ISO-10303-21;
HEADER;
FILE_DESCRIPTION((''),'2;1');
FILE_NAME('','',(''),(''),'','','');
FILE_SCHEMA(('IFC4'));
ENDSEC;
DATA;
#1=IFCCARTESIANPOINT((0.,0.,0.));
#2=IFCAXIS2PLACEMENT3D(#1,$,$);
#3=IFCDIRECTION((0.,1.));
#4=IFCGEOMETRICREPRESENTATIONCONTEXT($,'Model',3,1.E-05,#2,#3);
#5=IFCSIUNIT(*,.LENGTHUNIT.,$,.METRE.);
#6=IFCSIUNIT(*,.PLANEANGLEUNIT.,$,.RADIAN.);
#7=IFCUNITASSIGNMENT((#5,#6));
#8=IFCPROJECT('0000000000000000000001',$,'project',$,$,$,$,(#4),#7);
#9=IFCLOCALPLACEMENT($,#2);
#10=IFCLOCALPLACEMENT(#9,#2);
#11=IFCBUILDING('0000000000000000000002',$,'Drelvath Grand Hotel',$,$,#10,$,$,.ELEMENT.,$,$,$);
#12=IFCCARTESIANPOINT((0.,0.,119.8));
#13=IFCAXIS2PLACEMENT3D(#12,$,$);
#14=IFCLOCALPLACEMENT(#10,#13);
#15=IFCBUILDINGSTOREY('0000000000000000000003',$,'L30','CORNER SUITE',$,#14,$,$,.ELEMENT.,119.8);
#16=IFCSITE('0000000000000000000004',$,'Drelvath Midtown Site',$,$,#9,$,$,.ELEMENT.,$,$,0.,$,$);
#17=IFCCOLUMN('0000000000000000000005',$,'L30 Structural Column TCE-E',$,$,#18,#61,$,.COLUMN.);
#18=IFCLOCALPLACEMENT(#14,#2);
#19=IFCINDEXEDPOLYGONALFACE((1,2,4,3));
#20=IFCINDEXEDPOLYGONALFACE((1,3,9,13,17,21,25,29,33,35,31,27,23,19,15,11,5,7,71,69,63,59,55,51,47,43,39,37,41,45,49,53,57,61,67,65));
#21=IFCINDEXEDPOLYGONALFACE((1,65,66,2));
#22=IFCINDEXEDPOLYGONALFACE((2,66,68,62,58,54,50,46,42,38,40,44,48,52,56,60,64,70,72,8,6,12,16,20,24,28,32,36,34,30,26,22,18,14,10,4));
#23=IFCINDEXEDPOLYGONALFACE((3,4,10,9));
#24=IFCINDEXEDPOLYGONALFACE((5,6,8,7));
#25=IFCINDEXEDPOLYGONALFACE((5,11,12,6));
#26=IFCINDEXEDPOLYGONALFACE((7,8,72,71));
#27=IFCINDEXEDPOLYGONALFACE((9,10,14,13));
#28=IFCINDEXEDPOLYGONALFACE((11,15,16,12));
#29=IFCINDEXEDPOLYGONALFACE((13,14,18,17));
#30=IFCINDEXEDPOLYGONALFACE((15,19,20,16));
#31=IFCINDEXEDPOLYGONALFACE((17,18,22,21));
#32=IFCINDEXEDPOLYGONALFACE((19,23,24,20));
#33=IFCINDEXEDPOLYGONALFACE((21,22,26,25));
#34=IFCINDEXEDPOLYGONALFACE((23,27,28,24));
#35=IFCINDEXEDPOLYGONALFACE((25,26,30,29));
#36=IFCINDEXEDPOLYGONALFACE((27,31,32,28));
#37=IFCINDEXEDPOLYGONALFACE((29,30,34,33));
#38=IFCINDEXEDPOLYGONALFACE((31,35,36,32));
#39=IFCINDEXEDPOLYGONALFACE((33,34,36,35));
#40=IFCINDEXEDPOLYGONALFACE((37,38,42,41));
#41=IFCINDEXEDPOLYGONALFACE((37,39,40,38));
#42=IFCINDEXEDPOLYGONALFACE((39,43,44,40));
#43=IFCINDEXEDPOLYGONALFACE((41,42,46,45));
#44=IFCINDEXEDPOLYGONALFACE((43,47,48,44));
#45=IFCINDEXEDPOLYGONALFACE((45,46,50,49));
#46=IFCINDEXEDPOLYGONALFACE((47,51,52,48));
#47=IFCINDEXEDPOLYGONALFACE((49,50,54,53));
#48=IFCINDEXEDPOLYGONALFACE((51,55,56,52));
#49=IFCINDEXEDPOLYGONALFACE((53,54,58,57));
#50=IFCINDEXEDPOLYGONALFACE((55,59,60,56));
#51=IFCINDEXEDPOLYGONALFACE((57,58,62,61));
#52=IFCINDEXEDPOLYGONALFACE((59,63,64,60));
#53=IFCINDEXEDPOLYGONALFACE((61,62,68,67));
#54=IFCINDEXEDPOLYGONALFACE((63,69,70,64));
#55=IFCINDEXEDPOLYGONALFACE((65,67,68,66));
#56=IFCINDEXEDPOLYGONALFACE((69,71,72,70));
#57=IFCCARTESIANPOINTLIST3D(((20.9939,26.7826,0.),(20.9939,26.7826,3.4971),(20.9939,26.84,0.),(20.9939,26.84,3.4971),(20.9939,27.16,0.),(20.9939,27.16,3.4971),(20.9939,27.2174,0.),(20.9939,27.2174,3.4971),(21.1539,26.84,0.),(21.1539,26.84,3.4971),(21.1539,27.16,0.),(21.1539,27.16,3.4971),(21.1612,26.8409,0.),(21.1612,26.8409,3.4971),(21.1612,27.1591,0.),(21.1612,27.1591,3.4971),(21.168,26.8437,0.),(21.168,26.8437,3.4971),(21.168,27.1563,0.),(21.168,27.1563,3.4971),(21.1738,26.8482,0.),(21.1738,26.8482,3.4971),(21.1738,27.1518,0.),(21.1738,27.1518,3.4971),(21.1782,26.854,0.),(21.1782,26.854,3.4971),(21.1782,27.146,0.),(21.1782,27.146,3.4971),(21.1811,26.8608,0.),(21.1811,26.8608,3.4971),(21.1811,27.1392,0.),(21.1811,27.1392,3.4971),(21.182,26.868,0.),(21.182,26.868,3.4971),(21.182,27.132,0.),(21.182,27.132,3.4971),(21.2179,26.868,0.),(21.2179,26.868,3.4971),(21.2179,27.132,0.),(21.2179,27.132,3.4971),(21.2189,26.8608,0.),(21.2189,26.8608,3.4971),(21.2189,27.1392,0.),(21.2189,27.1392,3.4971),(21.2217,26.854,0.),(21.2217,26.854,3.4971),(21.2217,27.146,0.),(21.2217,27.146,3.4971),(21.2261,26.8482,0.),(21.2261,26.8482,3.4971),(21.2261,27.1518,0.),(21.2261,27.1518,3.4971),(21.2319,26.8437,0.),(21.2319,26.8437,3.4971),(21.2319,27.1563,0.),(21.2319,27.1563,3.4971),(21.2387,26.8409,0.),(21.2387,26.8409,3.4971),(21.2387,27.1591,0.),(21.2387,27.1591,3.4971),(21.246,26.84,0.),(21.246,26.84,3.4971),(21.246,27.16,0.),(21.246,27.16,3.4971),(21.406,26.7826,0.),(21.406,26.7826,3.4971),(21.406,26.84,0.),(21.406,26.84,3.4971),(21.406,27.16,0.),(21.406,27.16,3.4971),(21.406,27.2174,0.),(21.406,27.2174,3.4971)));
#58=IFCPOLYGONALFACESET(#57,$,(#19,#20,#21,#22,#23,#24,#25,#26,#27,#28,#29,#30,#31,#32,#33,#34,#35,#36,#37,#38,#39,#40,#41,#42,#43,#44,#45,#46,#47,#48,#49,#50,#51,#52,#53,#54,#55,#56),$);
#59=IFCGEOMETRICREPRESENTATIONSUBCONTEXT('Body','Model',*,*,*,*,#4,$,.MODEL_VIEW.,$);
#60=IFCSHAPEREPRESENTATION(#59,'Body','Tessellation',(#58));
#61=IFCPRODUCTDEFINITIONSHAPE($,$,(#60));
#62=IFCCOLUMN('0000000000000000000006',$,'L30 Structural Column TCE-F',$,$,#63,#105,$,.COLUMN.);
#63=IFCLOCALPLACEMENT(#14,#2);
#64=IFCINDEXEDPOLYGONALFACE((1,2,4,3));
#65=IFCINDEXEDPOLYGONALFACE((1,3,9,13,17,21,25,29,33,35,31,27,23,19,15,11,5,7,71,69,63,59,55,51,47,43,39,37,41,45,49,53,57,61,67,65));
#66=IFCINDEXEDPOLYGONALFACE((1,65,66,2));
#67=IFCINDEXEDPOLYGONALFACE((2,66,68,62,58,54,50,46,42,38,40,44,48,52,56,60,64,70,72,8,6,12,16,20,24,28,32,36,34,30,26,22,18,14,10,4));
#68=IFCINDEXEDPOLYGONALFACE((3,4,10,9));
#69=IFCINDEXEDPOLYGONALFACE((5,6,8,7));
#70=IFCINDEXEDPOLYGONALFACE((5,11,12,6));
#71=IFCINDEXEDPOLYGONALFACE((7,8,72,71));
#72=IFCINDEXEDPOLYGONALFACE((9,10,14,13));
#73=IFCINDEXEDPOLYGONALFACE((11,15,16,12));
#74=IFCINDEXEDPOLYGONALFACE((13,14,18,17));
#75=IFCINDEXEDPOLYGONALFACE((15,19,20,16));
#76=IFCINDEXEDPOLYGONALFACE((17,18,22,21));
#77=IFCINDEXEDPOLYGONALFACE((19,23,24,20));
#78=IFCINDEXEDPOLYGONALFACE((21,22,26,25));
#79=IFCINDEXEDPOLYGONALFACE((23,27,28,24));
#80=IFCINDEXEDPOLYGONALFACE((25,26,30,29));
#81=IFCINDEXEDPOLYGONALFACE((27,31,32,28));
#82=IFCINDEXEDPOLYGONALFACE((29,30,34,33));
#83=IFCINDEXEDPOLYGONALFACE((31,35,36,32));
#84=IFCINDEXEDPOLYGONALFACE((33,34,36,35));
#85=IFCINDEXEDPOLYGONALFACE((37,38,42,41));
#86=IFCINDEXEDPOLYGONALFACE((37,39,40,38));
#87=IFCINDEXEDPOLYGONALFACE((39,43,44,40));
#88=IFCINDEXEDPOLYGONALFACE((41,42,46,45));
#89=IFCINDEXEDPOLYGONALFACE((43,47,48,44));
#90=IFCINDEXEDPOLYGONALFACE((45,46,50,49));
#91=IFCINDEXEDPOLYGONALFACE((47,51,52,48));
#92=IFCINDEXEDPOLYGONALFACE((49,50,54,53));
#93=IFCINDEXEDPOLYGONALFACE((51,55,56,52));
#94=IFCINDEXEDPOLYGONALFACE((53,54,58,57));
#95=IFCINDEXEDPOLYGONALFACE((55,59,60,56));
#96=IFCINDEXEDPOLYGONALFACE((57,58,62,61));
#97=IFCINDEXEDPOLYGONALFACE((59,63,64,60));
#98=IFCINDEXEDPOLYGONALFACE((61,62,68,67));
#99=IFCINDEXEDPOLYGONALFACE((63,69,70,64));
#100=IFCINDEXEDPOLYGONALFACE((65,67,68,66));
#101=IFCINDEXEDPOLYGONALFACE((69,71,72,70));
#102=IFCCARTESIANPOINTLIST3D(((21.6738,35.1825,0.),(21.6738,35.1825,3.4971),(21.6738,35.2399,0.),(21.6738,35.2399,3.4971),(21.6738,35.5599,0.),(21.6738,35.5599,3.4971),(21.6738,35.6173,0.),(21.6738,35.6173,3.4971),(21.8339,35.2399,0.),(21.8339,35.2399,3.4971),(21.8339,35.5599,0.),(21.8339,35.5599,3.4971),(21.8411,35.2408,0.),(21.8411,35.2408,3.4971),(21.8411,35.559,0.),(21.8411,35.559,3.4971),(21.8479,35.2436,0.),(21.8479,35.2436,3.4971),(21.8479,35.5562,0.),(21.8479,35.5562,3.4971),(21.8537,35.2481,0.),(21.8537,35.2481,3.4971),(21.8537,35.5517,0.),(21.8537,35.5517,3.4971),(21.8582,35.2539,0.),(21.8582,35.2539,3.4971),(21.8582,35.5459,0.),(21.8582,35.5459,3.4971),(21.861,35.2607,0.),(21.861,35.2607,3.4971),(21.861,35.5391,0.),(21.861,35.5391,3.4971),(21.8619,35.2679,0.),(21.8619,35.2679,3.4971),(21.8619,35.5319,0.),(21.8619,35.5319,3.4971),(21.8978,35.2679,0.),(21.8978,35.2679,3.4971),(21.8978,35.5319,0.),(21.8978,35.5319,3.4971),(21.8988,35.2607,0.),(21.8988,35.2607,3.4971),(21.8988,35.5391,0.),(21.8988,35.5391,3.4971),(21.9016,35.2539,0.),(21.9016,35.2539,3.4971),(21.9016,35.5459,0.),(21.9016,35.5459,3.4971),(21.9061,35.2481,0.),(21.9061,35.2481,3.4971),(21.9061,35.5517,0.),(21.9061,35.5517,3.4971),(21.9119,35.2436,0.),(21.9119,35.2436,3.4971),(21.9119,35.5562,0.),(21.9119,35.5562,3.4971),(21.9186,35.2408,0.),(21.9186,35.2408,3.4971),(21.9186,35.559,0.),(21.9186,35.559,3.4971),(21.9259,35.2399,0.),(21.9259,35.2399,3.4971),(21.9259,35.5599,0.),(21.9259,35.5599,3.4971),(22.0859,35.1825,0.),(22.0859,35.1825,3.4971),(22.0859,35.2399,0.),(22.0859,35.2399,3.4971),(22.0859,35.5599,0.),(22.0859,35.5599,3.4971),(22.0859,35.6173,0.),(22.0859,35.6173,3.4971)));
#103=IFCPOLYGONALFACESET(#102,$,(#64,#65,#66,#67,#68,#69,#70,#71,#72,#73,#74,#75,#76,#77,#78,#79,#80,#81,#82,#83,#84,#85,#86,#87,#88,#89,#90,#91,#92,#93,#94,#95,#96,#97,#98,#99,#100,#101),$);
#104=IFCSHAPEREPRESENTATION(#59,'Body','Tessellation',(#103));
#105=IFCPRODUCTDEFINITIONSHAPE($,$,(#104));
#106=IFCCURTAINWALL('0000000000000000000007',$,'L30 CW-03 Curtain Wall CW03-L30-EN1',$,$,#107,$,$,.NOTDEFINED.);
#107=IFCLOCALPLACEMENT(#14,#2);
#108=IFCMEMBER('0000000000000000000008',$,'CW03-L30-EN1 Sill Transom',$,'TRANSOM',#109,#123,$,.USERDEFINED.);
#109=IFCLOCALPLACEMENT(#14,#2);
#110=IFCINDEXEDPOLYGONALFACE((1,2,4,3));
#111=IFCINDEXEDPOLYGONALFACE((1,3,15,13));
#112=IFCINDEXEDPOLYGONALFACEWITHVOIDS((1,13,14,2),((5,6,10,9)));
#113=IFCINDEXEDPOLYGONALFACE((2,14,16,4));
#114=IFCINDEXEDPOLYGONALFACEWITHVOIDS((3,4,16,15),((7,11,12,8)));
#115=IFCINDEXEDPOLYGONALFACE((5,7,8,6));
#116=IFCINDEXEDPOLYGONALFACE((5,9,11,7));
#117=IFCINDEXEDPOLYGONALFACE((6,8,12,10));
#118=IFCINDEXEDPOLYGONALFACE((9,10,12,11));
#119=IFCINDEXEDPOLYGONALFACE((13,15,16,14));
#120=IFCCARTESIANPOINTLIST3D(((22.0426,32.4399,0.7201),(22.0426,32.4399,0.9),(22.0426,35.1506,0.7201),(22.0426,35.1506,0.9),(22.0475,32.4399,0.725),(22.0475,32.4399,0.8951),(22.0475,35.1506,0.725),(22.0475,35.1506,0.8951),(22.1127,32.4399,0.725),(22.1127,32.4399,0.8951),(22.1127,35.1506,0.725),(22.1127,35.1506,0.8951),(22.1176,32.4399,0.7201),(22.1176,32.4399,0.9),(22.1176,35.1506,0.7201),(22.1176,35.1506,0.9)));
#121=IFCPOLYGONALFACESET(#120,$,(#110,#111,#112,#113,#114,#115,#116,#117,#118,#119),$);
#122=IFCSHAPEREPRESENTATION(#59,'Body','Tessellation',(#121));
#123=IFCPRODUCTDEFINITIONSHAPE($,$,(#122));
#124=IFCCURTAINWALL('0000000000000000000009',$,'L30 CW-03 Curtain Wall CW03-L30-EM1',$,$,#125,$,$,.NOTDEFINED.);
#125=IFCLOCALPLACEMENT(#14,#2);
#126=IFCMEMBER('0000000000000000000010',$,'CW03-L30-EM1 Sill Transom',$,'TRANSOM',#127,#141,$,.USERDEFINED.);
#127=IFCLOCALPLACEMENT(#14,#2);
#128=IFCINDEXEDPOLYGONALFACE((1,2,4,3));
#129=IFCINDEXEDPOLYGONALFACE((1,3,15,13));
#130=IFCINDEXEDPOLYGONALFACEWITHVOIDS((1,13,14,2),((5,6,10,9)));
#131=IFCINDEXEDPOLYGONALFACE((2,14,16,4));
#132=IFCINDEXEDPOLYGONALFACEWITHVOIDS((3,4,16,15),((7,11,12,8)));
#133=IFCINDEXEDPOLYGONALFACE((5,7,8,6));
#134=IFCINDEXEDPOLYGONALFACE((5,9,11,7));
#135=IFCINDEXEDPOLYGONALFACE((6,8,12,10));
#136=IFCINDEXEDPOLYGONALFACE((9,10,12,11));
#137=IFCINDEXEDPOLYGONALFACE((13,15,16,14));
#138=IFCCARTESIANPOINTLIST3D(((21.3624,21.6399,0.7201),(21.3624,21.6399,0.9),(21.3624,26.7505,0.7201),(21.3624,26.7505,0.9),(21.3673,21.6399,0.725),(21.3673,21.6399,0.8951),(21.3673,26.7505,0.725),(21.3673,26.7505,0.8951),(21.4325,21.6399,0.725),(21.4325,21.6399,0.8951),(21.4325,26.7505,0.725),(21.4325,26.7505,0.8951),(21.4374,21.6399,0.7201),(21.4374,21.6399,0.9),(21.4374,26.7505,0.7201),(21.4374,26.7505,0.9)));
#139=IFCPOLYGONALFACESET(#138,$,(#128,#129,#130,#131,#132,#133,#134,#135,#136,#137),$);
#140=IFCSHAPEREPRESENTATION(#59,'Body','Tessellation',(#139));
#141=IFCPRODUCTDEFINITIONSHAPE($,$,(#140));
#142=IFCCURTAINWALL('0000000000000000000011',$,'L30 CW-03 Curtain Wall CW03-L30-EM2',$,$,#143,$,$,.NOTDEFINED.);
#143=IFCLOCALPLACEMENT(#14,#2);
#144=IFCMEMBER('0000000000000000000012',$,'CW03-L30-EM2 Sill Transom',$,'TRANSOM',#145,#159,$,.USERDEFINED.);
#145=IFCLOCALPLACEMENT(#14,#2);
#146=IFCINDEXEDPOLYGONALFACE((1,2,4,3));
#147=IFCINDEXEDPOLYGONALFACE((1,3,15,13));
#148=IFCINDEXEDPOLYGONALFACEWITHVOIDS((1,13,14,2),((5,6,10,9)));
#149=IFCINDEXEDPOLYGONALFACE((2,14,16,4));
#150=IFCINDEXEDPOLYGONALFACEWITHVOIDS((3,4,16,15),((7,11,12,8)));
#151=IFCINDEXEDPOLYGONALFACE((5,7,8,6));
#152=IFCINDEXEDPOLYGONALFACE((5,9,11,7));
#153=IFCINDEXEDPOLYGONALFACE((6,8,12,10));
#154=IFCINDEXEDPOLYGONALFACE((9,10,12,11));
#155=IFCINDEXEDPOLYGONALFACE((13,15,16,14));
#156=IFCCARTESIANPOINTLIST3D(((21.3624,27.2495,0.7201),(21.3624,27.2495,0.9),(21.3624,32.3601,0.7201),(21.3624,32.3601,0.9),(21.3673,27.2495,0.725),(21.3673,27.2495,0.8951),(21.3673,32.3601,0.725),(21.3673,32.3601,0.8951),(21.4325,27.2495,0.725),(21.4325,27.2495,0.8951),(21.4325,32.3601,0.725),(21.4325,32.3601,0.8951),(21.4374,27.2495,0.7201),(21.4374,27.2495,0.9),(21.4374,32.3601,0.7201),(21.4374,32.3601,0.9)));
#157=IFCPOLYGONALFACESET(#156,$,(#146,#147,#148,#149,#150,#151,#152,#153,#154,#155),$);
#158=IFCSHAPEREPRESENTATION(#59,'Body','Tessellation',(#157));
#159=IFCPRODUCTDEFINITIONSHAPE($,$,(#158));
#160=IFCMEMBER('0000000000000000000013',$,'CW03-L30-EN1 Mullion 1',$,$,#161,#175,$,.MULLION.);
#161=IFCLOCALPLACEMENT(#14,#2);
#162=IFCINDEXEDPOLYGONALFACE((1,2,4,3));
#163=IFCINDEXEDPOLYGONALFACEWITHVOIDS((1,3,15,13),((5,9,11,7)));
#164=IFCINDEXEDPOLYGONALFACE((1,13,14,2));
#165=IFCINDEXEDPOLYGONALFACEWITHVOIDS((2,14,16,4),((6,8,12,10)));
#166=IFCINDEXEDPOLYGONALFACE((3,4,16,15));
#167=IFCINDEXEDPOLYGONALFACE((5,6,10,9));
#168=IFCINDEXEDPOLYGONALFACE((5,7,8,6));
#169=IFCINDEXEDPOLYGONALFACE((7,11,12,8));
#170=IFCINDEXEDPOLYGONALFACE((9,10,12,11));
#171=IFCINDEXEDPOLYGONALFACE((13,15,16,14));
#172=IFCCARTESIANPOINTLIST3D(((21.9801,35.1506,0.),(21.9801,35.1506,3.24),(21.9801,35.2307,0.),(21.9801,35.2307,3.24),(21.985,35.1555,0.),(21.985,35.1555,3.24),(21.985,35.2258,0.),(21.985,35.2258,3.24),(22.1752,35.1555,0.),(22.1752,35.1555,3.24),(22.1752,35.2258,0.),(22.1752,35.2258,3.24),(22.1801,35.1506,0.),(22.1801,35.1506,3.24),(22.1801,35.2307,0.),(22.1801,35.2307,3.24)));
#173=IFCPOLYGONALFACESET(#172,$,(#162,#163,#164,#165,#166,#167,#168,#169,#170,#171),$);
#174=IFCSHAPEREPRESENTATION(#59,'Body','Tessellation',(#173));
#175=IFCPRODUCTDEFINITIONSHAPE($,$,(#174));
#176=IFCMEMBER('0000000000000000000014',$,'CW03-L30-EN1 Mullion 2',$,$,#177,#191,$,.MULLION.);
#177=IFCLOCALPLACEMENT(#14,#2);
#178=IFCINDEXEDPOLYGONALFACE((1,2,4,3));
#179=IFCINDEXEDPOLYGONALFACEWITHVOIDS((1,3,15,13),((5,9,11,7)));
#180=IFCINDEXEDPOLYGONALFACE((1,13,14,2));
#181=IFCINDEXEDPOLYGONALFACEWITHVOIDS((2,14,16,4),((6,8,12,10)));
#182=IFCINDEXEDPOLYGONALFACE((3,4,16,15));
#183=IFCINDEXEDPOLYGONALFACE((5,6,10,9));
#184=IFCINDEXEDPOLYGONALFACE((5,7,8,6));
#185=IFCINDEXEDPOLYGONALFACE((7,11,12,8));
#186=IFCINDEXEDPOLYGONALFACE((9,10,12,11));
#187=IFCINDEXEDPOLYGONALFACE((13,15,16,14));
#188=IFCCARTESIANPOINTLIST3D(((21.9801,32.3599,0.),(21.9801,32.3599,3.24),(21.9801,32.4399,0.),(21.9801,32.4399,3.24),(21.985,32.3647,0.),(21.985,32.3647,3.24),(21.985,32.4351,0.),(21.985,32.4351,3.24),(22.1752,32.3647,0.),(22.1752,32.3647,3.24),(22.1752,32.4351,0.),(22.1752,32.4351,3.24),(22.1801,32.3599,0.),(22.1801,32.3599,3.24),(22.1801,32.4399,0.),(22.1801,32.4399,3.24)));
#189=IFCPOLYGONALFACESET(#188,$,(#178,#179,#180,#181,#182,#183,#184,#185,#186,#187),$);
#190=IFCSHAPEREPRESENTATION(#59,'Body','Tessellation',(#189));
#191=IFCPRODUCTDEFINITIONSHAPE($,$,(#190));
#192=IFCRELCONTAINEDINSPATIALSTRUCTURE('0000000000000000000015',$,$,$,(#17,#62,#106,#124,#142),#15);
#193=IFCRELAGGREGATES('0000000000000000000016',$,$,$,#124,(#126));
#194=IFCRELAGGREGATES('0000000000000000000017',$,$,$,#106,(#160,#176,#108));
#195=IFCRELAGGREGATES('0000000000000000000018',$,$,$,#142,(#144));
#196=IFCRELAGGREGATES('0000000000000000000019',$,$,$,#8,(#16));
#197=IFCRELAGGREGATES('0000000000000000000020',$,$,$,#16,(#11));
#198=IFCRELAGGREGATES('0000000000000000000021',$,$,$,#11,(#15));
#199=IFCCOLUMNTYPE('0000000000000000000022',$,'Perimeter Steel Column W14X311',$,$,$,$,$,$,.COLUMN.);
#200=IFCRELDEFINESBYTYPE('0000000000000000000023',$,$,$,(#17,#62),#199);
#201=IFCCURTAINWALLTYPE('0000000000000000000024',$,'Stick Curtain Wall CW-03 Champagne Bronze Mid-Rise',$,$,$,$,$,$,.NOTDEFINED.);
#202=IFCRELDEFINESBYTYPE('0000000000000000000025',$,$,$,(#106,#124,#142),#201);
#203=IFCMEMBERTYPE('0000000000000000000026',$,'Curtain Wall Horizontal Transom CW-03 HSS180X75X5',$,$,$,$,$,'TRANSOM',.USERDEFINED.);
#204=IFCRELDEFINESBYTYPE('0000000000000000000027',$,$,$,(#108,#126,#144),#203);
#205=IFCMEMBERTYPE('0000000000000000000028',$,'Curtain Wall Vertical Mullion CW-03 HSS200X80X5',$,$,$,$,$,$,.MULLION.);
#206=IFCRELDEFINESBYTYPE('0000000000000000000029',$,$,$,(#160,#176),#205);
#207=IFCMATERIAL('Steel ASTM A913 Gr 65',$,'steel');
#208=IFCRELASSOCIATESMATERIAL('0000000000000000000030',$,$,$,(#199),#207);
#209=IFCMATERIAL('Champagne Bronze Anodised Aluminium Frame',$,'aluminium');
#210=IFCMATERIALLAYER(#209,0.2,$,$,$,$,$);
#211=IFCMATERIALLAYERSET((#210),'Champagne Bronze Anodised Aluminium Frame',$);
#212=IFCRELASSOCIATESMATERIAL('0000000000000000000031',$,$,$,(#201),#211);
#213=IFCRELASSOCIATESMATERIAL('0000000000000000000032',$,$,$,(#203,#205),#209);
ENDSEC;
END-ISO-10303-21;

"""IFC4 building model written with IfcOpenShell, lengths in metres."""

from ifc_helpers import new_model, si_unit, direction, frame, origin, origin_2d, place, context, subcontext, project, spatial, hollow_rectangle, i_section, extrude, material, layer, layer_set, material_profile, profile_set, type_object, element, aggregate, save


model = new_model("IFC4")

# Units and contexts
model_context = context("Model", 3, precision=1e-05, world=origin(), true_north=direction((0.0, 1.0)))
body_context = subcontext(model_context, "Body", "Model", "MODEL_VIEW")
ifc_project = project(units=[si_unit("LENGTHUNIT", "METRE"), si_unit("PLANEANGLEUNIT", "RADIAN")], contexts=[model_context])

# Site, building, storey
site_placement = place(None, origin())
site = spatial("IfcSite", under=ifc_project, at=site_placement, Name="Drelvath Midtown Site", CompositionType="ELEMENT", RefElevation=0.0)
building_placement = place(site_placement, origin())
building = spatial("IfcBuilding", under=site, at=building_placement, Name="Drelvath Grand Hotel", CompositionType="ELEMENT")
storey_placement = place(building_placement, frame((0.0, 0.0, 119.8)))
storey = spatial("IfcBuildingStorey", under=building, at=storey_placement, Name="L30", Description="CORNER SUITE", CompositionType="ELEMENT", Elevation=119.8)

# Columns
ifc_material_1 = material(Name="Steel ASTM A913 Gr 65", Category="steel")
ifc_material_profile_1 = material_profile(ifc_material_1, i_section(OverallWidth=0.4121, OverallDepth=0.4348, WebThickness=0.0359, FlangeThickness=0.0574, FilletRadius=0.0281, at=origin_2d()), Name="W14X311")
ifc_profile_set_1 = profile_set([ifc_material_profile_1], Name="Steel ASTM A913 Gr 65")
column_type = type_object("IfcColumnType", Name="Perimeter Steel Column W14X311", PredefinedType="COLUMN", material=ifc_profile_set_1)
for number, where, z_axis, x_axis, name in (
    (1, (21.2, 27.0, 0.0), (0.0, 0.0, 1.0), (1.0, 0.0, 0.0), "L30 Structural Column TCE-E"),
    (2, (21.8799, 35.3999, 0.0), (0.0, 0.0, 1.0), (1.0, 0.0, 0.0), "L30 Structural Column TCE-F"),
):
    element("IfcColumn", number, at=place(storey_placement, frame(where, z_axis=z_axis, x_axis=x_axis)), inside=storey, type_object=column_type, Name=name, PredefinedType="COLUMN", context=body_context, shape_type="SweptSolid", body=[
        extrude(i_section(OverallWidth=0.4121, OverallDepth=0.4348, WebThickness=0.0359, FlangeThickness=0.0574, FilletRadius=0.0281, at=origin_2d()), origin(), (0.0, 0.0, 1.0), 3.4971),
    ])

# Curtain walls, members
ifc_material_2 = material(Name="Champagne Bronze Anodised Aluminium Frame", Category="aluminium")
ifc_layer_1 = layer(ifc_material_2, 0.2)
ifc_layer_set_1 = layer_set([ifc_layer_1], Name="Champagne Bronze Anodised Aluminium Frame")
curtain_wall_type = type_object("IfcCurtainWallType", Name="Stick Curtain Wall CW-03 Champagne Bronze Mid-Rise", PredefinedType="NOTDEFINED", material=ifc_layer_set_1)
curtain_wall_1_placement = place(storey_placement, origin())
curtain_wall_1 = element("IfcCurtainWall", 3, at=curtain_wall_1_placement, inside=storey, type_object=curtain_wall_type, Name="L30 CW-03 Curtain Wall CW03-L30-EN1", PredefinedType="NOTDEFINED")
ifc_material_profile_2 = material_profile(ifc_material_2, hollow_rectangle(XDim=0.075, YDim=0.1799, WallThickness=0.0049, at=origin_2d()), Name="HSS180X75X5")
ifc_profile_set_2 = profile_set([ifc_material_profile_2], Name="Champagne Bronze Anodised Aluminium Frame")
member_type_1 = type_object("IfcMemberType", Name="Curtain Wall Horizontal Transom CW-03 HSS180X75X5", ElementType="TRANSOM", PredefinedType="USERDEFINED", material=ifc_profile_set_2)
member_1_placement = place(storey_placement, frame((22.0801, 35.1506, 0.8101), z_axis=(0.0, -1.0, 0.0), x_axis=(1.0, 0.0, 0.0)))
member_1 = element("IfcMember", 4, at=member_1_placement, type_object=member_type_1, Name="CW03-L30-EN1 Sill Transom", ObjectType="TRANSOM", PredefinedType="USERDEFINED", context=body_context, shape_type="SweptSolid", body=[
    extrude(hollow_rectangle(XDim=0.075, YDim=0.1799, WallThickness=0.0049, at=origin_2d()), origin(), (0.0, 0.0, 1.0), 2.7107),
])
curtain_wall_2_placement = place(storey_placement, origin())
curtain_wall_2 = element("IfcCurtainWall", 5, at=curtain_wall_2_placement, inside=storey, type_object=curtain_wall_type, Name="L30 CW-03 Curtain Wall CW03-L30-EM1", PredefinedType="NOTDEFINED")
member_2_placement = place(storey_placement, frame((21.3999, 26.7505, 0.8101), z_axis=(0.0, -1.0, 0.0), x_axis=(1.0, 0.0, 0.0)))
member_2 = element("IfcMember", 6, at=member_2_placement, type_object=member_type_1, Name="CW03-L30-EM1 Sill Transom", ObjectType="TRANSOM", PredefinedType="USERDEFINED", context=body_context, shape_type="SweptSolid", body=[
    extrude(hollow_rectangle(XDim=0.075, YDim=0.1799, WallThickness=0.0049, at=origin_2d()), origin(), (0.0, 0.0, 1.0), 5.1106),
])
curtain_wall_3_placement = place(storey_placement, origin())
curtain_wall_3 = element("IfcCurtainWall", 7, at=curtain_wall_3_placement, inside=storey, type_object=curtain_wall_type, Name="L30 CW-03 Curtain Wall CW03-L30-EM2", PredefinedType="NOTDEFINED")
member_3_placement = place(storey_placement, frame((21.3999, 32.3601, 0.8101), z_axis=(0.0, -1.0, 0.0), x_axis=(1.0, 0.0, 0.0)))
member_3 = element("IfcMember", 8, at=member_3_placement, type_object=member_type_1, Name="CW03-L30-EM2 Sill Transom", ObjectType="TRANSOM", PredefinedType="USERDEFINED", context=body_context, shape_type="SweptSolid", body=[
    extrude(hollow_rectangle(XDim=0.075, YDim=0.1799, WallThickness=0.0049, at=origin_2d()), origin(), (0.0, 0.0, 1.0), 5.1106),
])

# Members
ifc_material_profile_3 = material_profile(ifc_material_2, hollow_rectangle(XDim=0.0801, YDim=0.2, WallThickness=0.0049, at=origin_2d()), Name="HSS200X80X5")
ifc_profile_set_3 = profile_set([ifc_material_profile_3], Name="Champagne Bronze Anodised Aluminium Frame")
member_type_2 = type_object("IfcMemberType", Name="Curtain Wall Vertical Mullion CW-03 HSS200X80X5", PredefinedType="MULLION", material=ifc_profile_set_3)
member_4_placement = place(storey_placement, frame((22.0801, 35.1907, 0.0), z_axis=(0.0, 0.0, 1.0), x_axis=(0.0, 1.0, 0.0)))
member_4 = element("IfcMember", 9, at=member_4_placement, type_object=member_type_2, Name="CW03-L30-EN1 Mullion 1", PredefinedType="MULLION", context=body_context, shape_type="SweptSolid", body=[
    extrude(hollow_rectangle(XDim=0.0801, YDim=0.2, WallThickness=0.0049, at=origin_2d()), origin(), (0.0, 0.0, 1.0), 3.24),
])
member_5_placement = place(storey_placement, frame((22.0801, 32.3999, 0.0), z_axis=(0.0, 0.0, 1.0), x_axis=(0.0, 1.0, 0.0)))
member_5 = element("IfcMember", 10, at=member_5_placement, type_object=member_type_2, Name="CW03-L30-EN1 Mullion 2", PredefinedType="MULLION", context=body_context, shape_type="SweptSolid", body=[
    extrude(hollow_rectangle(XDim=0.0801, YDim=0.2, WallThickness=0.0049, at=origin_2d()), origin(), (0.0, 0.0, 1.0), 3.24),
])

aggregate(curtain_wall_2, [member_2])

aggregate(curtain_wall_1, [member_4, member_5, member_1])
aggregate(curtain_wall_3, [member_3])

save(model, "model.ifc")
